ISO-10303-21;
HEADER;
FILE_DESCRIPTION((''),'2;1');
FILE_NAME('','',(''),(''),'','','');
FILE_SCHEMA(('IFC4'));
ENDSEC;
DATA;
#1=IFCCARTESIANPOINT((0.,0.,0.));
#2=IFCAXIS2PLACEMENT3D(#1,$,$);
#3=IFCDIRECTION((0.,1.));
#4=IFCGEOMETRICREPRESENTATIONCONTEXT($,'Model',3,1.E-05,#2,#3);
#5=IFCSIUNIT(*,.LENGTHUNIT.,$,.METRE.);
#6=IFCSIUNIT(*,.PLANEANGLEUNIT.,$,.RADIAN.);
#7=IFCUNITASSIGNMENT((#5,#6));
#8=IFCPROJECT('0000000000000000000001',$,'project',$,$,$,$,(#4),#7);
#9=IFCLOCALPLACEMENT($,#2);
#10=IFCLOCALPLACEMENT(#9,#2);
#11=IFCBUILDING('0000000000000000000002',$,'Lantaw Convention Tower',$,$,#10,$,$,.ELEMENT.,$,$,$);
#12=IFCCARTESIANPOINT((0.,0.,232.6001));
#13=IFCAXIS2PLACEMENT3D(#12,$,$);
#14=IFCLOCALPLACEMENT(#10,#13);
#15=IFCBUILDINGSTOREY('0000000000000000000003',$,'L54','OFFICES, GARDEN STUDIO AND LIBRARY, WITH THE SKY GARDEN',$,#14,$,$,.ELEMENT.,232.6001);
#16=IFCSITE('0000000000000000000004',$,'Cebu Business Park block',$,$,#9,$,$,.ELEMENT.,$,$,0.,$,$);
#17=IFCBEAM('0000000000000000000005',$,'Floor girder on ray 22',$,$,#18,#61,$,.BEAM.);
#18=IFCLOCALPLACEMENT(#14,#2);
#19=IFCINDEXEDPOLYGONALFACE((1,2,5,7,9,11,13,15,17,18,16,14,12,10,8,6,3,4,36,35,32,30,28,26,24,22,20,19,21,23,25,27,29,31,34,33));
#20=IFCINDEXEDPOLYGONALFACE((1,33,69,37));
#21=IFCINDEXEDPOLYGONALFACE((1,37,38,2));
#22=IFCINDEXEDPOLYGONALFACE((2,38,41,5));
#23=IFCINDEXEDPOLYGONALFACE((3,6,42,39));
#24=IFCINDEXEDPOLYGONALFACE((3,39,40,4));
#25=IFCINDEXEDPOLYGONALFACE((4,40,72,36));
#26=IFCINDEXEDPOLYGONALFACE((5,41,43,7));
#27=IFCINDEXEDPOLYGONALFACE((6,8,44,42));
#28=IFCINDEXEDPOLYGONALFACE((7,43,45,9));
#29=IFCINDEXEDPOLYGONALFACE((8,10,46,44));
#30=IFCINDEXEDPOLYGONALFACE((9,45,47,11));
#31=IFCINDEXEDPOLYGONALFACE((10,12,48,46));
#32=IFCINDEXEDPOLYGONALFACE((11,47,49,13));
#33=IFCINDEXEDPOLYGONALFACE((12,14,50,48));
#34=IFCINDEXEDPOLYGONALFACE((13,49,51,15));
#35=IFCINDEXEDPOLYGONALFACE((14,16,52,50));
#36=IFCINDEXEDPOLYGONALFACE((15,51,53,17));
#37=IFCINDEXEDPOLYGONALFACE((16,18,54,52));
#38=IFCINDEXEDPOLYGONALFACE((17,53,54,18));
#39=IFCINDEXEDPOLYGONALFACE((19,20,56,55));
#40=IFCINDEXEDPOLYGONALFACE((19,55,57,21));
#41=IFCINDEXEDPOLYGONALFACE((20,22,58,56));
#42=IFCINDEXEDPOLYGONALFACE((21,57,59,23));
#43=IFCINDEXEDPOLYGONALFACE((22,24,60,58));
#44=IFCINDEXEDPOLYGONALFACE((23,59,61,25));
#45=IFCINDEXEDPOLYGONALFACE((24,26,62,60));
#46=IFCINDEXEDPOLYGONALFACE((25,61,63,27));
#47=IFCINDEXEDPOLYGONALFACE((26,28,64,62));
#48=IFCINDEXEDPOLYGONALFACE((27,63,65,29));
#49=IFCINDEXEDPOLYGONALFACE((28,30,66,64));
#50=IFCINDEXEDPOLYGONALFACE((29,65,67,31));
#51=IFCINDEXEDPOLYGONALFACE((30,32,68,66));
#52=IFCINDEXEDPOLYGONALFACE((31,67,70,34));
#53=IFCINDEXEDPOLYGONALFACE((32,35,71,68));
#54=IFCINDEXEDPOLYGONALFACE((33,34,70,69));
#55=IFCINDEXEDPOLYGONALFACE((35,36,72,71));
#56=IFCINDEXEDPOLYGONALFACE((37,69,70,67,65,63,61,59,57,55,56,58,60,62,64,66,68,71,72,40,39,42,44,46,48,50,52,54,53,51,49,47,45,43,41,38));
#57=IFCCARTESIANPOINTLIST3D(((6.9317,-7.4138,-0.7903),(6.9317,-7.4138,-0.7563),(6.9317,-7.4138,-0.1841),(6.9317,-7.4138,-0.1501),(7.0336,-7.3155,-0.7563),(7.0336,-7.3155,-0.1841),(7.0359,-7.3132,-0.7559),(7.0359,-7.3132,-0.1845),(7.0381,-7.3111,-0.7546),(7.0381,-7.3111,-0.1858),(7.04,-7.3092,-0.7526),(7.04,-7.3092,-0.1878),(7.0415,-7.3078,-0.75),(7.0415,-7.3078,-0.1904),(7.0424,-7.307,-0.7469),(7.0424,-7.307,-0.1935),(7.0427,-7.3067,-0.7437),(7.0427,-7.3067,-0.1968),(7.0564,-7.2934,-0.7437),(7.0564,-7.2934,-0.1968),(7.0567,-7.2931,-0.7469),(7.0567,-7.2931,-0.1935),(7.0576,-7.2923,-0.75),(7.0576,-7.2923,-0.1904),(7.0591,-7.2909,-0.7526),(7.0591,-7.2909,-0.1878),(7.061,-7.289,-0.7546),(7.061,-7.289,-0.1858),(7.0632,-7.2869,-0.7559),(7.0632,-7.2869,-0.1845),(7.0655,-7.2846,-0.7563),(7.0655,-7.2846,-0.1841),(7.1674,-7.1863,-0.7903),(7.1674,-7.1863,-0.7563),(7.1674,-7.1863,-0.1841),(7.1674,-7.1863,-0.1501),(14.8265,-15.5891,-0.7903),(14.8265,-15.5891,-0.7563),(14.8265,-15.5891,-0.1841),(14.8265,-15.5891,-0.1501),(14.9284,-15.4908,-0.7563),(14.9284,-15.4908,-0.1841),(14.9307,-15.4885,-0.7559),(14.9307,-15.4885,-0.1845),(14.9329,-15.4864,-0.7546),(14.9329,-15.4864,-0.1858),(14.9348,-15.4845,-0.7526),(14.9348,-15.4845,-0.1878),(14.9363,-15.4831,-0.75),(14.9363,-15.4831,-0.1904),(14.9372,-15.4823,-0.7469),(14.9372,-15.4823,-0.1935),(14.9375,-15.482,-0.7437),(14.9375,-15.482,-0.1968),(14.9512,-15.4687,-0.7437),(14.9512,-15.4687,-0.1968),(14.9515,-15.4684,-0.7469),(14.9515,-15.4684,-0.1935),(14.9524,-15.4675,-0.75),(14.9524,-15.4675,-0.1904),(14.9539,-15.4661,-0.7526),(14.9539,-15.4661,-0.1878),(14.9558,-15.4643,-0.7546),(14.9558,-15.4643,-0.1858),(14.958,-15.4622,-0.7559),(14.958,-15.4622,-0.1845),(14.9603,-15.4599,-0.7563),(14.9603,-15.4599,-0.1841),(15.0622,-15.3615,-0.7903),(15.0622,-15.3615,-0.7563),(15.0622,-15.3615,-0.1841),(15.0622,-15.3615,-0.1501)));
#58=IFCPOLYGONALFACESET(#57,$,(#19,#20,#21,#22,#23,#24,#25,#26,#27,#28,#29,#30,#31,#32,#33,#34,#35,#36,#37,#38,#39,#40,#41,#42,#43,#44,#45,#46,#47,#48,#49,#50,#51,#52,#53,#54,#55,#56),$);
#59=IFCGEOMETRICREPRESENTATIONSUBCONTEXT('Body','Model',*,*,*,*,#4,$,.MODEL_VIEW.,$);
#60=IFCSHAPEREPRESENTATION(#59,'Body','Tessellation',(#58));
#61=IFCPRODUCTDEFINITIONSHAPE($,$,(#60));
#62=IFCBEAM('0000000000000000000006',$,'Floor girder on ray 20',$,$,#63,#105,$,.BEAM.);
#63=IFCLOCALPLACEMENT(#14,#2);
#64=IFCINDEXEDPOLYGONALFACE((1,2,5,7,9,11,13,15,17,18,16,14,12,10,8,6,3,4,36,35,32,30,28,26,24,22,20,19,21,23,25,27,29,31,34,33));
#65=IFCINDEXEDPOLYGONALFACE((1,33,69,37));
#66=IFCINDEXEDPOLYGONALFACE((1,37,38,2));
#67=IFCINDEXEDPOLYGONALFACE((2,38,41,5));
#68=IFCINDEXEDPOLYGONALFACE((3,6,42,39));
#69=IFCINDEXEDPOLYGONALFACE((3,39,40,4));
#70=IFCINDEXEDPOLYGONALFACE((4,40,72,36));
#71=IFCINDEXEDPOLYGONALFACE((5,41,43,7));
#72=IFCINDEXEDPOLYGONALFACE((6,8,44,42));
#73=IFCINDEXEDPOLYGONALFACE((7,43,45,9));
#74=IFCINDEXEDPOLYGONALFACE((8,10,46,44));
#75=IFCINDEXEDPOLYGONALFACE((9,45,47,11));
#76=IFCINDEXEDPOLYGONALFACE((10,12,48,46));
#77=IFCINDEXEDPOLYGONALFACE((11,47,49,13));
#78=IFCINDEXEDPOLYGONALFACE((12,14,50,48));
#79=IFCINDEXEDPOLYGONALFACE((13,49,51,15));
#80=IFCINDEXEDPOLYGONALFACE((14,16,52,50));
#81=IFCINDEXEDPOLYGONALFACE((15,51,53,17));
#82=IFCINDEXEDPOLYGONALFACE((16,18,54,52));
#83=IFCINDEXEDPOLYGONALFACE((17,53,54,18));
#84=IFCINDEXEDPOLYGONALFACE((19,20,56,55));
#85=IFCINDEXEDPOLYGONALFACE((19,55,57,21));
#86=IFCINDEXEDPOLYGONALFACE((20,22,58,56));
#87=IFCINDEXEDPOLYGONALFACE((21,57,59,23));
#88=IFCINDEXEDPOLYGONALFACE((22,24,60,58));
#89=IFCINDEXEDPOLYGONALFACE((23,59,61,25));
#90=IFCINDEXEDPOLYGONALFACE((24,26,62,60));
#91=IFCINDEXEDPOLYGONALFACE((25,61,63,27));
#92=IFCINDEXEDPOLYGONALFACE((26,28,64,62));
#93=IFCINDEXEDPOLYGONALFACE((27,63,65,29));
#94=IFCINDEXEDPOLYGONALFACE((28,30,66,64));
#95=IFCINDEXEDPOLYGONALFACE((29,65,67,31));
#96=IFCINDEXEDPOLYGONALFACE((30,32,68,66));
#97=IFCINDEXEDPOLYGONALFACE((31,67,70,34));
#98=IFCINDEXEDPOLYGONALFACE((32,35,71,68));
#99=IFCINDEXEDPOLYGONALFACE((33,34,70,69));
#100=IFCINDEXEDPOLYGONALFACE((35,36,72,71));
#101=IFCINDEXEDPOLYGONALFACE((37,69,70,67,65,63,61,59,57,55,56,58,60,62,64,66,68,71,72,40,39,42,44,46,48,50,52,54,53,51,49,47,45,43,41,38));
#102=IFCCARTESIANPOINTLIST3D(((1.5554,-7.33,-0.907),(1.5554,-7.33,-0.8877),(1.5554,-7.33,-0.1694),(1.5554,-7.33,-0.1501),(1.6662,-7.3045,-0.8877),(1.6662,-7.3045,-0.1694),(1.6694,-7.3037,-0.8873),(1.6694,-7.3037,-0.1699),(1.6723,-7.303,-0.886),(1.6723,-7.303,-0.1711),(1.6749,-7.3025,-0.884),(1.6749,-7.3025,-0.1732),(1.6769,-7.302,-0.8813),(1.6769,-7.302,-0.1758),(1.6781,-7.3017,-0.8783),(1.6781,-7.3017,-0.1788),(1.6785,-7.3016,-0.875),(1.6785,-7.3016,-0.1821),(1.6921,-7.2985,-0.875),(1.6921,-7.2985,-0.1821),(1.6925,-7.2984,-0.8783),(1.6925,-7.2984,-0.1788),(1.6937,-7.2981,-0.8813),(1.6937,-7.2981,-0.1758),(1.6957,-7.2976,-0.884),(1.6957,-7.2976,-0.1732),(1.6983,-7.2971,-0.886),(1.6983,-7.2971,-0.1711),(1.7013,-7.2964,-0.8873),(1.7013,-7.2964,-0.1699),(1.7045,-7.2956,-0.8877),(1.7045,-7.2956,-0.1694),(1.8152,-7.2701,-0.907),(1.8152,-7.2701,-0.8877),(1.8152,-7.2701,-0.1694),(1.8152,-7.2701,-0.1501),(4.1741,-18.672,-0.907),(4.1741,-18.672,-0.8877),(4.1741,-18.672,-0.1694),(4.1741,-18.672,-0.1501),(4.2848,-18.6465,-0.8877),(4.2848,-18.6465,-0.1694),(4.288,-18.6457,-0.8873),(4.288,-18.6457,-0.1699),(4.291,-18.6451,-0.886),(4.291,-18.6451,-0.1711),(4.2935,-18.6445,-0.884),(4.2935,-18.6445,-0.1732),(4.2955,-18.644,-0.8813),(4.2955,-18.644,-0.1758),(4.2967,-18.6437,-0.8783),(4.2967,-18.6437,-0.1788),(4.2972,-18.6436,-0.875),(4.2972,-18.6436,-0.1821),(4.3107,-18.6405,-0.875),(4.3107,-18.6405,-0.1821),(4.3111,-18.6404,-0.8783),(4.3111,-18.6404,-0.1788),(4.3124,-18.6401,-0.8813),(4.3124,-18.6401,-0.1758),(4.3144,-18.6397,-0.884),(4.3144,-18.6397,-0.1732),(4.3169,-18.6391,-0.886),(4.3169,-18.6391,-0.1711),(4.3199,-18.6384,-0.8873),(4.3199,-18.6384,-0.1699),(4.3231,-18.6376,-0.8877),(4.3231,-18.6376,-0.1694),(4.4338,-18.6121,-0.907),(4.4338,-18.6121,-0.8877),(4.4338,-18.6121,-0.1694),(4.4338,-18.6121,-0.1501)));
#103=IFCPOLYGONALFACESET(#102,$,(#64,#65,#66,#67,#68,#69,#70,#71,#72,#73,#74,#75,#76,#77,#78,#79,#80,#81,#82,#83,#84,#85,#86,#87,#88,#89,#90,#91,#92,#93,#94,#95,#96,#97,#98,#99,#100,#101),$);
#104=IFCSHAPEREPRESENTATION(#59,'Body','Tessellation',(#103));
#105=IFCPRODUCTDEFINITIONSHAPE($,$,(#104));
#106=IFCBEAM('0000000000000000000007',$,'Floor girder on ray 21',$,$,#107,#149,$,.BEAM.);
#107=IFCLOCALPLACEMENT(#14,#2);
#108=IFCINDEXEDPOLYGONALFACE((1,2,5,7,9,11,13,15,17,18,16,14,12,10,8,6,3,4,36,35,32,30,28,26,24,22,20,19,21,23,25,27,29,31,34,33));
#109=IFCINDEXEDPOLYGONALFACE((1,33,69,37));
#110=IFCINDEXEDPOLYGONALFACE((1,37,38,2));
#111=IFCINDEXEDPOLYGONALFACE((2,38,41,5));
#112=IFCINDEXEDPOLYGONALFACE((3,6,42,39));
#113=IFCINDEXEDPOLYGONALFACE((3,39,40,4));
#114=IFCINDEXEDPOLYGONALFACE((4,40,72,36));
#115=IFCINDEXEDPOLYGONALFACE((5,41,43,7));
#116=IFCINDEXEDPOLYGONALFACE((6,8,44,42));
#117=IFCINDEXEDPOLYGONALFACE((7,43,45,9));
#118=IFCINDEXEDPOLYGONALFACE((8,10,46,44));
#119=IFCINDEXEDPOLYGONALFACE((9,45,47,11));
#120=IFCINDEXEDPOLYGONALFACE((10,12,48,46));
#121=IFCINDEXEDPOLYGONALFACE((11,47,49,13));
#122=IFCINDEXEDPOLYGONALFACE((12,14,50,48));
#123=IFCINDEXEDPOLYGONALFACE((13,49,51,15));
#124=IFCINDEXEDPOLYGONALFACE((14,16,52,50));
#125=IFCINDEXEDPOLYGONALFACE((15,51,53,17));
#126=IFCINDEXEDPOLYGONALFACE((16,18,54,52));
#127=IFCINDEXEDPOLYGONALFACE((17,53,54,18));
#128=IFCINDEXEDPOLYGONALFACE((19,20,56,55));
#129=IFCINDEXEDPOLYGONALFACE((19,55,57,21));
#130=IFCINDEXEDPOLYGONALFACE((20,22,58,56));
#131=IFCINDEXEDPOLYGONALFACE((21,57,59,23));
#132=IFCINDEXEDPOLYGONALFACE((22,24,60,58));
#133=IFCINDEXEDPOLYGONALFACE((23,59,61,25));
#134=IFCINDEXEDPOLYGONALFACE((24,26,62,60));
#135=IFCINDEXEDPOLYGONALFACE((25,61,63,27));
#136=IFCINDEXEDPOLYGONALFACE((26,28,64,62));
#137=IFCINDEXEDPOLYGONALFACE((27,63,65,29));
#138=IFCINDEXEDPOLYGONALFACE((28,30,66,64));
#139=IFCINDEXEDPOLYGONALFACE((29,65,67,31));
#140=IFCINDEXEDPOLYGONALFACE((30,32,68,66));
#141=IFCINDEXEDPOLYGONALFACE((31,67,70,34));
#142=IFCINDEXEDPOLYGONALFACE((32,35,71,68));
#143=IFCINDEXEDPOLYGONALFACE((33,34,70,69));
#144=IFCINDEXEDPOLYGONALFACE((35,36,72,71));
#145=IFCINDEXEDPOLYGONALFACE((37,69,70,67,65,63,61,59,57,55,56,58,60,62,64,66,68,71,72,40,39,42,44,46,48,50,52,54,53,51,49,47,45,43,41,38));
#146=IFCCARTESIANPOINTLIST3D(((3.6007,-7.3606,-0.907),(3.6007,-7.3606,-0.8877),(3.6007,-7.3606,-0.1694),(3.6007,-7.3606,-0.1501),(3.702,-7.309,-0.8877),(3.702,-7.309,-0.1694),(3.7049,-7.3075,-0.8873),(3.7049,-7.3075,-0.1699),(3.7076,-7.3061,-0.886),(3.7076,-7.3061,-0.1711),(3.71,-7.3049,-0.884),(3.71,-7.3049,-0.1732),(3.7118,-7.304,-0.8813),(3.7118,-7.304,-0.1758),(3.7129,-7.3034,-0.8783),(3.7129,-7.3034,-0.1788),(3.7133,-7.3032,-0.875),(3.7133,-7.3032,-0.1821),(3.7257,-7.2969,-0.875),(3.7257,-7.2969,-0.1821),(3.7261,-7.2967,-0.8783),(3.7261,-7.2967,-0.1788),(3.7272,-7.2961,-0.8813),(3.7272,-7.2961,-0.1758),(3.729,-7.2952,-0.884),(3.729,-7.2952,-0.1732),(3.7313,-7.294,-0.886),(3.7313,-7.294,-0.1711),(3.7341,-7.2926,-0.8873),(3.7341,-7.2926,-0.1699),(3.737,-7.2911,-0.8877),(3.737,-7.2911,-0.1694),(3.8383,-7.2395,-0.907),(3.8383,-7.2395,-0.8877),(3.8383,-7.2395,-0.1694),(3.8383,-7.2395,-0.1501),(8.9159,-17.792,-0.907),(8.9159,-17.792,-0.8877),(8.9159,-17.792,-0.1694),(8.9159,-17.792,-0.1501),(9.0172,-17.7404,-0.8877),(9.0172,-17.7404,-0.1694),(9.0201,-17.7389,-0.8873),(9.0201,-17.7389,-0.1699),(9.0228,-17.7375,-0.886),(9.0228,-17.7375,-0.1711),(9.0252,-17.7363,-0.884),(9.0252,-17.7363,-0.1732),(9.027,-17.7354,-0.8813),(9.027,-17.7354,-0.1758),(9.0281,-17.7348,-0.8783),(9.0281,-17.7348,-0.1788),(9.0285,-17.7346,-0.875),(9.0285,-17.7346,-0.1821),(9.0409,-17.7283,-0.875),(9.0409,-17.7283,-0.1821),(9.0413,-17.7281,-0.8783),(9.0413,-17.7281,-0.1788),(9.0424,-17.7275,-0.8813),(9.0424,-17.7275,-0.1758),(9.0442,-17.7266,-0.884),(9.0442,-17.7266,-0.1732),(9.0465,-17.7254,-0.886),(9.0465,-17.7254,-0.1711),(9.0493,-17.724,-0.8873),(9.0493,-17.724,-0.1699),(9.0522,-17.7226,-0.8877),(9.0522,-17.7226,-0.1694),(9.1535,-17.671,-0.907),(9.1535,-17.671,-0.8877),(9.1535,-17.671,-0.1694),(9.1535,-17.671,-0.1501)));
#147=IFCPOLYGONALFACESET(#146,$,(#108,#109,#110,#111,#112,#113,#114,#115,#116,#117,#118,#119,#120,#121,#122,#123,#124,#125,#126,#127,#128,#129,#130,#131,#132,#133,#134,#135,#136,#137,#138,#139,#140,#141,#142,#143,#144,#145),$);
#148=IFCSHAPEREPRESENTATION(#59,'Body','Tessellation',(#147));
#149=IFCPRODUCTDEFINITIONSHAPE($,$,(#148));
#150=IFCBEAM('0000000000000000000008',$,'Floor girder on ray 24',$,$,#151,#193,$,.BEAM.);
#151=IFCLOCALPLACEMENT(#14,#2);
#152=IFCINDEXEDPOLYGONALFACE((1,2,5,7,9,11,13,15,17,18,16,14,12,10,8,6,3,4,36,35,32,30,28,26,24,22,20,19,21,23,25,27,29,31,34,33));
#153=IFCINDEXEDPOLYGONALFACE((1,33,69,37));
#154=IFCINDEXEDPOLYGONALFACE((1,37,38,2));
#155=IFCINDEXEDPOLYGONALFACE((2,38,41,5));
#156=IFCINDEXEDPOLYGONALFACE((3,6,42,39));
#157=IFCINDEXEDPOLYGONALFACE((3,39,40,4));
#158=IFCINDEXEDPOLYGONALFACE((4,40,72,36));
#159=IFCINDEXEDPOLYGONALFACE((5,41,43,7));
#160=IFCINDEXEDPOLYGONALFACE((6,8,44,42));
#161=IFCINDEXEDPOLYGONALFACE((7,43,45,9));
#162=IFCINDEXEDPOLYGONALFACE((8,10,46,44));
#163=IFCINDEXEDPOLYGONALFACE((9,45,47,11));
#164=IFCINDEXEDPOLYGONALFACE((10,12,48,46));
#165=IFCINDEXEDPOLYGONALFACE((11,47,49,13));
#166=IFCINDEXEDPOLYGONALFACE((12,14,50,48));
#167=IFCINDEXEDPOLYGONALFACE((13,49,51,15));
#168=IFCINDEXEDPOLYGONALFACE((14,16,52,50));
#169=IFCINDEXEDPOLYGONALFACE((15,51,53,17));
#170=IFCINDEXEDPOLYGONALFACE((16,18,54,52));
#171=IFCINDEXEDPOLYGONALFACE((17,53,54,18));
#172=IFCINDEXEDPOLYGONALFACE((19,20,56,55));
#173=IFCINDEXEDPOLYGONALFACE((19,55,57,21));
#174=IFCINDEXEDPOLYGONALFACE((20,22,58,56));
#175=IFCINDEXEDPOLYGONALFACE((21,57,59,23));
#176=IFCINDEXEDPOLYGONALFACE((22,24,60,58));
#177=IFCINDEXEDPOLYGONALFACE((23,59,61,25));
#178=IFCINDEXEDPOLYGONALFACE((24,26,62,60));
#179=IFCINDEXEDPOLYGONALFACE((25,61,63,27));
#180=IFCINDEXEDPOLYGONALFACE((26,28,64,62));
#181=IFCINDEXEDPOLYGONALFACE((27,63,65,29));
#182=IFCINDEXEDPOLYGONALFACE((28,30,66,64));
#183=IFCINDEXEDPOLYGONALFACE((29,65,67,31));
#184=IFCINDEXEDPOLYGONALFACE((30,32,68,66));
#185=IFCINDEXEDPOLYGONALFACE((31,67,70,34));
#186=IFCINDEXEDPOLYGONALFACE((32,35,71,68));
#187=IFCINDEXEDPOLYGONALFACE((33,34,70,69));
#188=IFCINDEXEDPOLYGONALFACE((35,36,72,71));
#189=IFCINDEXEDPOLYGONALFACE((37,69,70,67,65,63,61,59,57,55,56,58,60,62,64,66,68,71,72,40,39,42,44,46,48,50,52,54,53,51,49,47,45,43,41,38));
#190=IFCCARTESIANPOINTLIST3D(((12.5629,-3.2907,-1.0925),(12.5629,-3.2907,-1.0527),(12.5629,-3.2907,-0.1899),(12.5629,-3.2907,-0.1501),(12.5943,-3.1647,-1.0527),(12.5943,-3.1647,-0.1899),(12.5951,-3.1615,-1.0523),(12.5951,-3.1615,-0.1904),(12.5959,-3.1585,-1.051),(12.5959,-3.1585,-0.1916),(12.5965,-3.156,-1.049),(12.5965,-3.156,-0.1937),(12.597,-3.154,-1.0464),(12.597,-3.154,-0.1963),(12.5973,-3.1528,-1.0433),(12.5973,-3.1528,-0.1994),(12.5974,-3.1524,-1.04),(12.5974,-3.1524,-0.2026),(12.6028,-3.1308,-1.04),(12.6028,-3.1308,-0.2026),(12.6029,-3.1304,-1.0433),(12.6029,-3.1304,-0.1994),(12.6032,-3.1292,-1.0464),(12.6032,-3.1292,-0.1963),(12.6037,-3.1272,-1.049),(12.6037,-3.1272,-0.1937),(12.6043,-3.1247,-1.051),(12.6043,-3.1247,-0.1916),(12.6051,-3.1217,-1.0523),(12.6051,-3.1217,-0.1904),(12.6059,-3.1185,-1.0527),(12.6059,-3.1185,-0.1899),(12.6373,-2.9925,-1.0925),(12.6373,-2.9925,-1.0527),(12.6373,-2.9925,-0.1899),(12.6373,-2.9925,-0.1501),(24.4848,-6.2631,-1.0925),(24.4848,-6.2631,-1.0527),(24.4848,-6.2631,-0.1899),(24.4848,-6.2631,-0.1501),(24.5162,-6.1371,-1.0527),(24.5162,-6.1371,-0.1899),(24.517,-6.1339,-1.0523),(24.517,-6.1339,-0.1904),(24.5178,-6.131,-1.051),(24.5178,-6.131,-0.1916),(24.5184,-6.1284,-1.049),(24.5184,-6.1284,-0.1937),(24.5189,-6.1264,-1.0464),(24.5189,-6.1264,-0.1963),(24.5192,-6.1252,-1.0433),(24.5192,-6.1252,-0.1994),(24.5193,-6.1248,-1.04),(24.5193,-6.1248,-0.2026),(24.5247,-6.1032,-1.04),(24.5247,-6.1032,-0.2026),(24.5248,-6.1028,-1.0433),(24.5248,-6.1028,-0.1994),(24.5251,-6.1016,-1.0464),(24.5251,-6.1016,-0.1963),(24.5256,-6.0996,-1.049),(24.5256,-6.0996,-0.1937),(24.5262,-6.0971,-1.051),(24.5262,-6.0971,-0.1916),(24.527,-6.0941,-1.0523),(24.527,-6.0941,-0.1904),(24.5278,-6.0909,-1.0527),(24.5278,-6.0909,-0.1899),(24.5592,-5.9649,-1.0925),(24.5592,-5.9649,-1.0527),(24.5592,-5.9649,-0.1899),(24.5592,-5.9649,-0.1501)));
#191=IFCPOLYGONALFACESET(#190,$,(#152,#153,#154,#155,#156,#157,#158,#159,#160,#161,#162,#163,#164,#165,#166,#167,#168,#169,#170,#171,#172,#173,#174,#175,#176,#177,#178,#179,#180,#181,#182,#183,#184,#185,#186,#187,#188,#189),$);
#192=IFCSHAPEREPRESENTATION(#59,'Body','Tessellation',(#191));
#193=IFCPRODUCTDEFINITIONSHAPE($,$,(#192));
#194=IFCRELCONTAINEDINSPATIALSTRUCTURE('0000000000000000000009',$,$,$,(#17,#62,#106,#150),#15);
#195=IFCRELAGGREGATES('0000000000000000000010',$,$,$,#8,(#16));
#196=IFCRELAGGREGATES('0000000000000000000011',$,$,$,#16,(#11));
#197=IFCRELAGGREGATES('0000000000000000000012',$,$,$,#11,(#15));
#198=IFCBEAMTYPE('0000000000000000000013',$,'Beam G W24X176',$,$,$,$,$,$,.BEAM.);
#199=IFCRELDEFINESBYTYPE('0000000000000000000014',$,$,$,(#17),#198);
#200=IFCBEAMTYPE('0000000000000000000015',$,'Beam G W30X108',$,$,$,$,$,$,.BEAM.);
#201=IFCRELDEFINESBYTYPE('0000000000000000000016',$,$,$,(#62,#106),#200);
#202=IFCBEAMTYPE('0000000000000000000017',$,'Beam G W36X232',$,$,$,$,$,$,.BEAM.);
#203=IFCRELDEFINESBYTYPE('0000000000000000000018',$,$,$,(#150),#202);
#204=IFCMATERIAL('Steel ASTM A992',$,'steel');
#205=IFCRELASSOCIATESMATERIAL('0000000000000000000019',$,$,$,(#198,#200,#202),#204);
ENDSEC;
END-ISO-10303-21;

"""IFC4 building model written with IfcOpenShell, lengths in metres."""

from ifc_helpers import new_model, si_unit, direction, frame, origin, origin_2d, place, context, subcontext, project, spatial, i_section, extrude, material, material_profile, profile_set, type_object, element, save


model = new_model("IFC4")

# Units and contexts
model_context = context("Model", 3, precision=1e-05, world=origin(), true_north=direction((0.0, 1.0)))
body_context = subcontext(model_context, "Body", "Model", "MODEL_VIEW")
ifc_project = project(units=[si_unit("LENGTHUNIT", "METRE"), si_unit("PLANEANGLEUNIT", "RADIAN")], contexts=[model_context])

# Site, building, storey
site_placement = place(None, origin())
site = spatial("IfcSite", under=ifc_project, at=site_placement, Name="Cebu Business Park block", CompositionType="ELEMENT", RefElevation=0.0)
building_placement = place(site_placement, origin())
building = spatial("IfcBuilding", under=site, at=building_placement, Name="Lantaw Convention Tower", CompositionType="ELEMENT")
storey_placement = place(building_placement, frame((0.0, 0.0, 232.6001)))
storey = spatial("IfcBuildingStorey", under=building, at=storey_placement, Name="L54", Description="OFFICES, GARDEN STUDIO AND LIBRARY, WITH THE SKY GARDEN", CompositionType="ELEMENT", Elevation=232.6001)

# Beams
ifc_material_1 = material(Name="Steel ASTM A992", Category="steel")
ifc_material_profile_1 = material_profile(ifc_material_1, i_section(OverallWidth=0.3276, OverallDepth=0.6401, WebThickness=0.019, FlangeThickness=0.0339, FilletRadius=0.0127, at=origin_2d()), Name="W24X176")
ifc_profile_set_1 = profile_set([ifc_material_profile_1], Name="Steel ASTM A992")
beam_type_1 = type_object("IfcBeamType", Name="Beam G W24X176", PredefinedType="BEAM", material=ifc_profile_set_1)
beam_1_placement = place(storey_placement, frame((7.0496, -7.3, -0.4702), z_axis=(0.694658, -0.71934, 0.0), x_axis=(0.71934, 0.694658, 0.0)))
element("IfcBeam", 1, at=beam_1_placement, inside=storey, type_object=beam_type_1, Name="Floor girder on ray 22", PredefinedType="BEAM", context=body_context, shape_type="SweptSolid", body=[
    extrude(i_section(OverallWidth=0.3276, OverallDepth=0.6401, WebThickness=0.019, FlangeThickness=0.0339, FilletRadius=0.0127, at=origin_2d()), origin(), (0.0, 0.0, 1.0), 11.365),
])
ifc_material_profile_2 = material_profile(ifc_material_1, i_section(OverallWidth=0.2666, OverallDepth=0.7568, WebThickness=0.0139, FlangeThickness=0.0193, FilletRadius=0.0127, at=origin_2d()), Name="W30X108")
ifc_profile_set_2 = profile_set([ifc_material_profile_2], Name="Steel ASTM A992")
beam_type_2 = type_object("IfcBeamType", Name="Beam G W30X108", PredefinedType="BEAM", material=ifc_profile_set_2)
beam_2_placement = place(storey_placement, frame((1.6853, -7.3, -0.5286), z_axis=(0.224962, -0.974368, 0.0), x_axis=(0.974368, 0.224962, 0.0)))
element("IfcBeam", 2, at=beam_2_placement, inside=storey, type_object=beam_type_2, Name="Floor girder on ray 20", PredefinedType="BEAM", context=body_context, shape_type="SweptSolid", body=[
    extrude(i_section(OverallWidth=0.2666, OverallDepth=0.7568, WebThickness=0.0139, FlangeThickness=0.0193, FilletRadius=0.0127, at=origin_2d()), origin(), (0.0, 0.0, 1.0), 11.6404),
])
beam_3_placement = place(storey_placement, frame((3.7195, -7.3, -0.5286), z_axis=(0.453999, -0.891002, 0.0), x_axis=(0.891002, 0.453999, 0.0)))
element("IfcBeam", 3, at=beam_3_placement, inside=storey, type_object=beam_type_2, Name="Floor girder on ray 21", PredefinedType="BEAM", context=body_context, shape_type="SweptSolid", body=[
    extrude(i_section(OverallWidth=0.2666, OverallDepth=0.7568, WebThickness=0.0139, FlangeThickness=0.0193, FilletRadius=0.0127, at=origin_2d()), origin(), (0.0, 0.0, 1.0), 11.7075),
])
ifc_material_profile_3 = material_profile(ifc_material_1, i_section(OverallWidth=0.3074, OverallDepth=0.9424, WebThickness=0.0222, FlangeThickness=0.0398, FilletRadius=0.0127, at=origin_2d()), Name="W36X232")
ifc_profile_set_3 = profile_set([ifc_material_profile_3], Name="Steel ASTM A992")
beam_type_3 = type_object("IfcBeamType", Name="Beam G W36X232", PredefinedType="BEAM", material=ifc_profile_set_3)
beam_4_placement = place(storey_placement, frame((12.6001, -3.1416, -0.6213), z_axis=(0.970297, -0.241918, 0.0), x_axis=(0.241918, 0.970297, 0.0)))
element("IfcBeam", 4, at=beam_4_placement, inside=storey, type_object=beam_type_3, Name="Floor girder on ray 24", PredefinedType="BEAM", context=body_context, shape_type="SweptSolid", body=[
    extrude(i_section(OverallWidth=0.3074, OverallDepth=0.9424, WebThickness=0.0222, FlangeThickness=0.0398, FilletRadius=0.0127, at=origin_2d()), origin(), (0.0, 0.0, 1.0), 12.2869),
])

save(model, "model.ifc")
